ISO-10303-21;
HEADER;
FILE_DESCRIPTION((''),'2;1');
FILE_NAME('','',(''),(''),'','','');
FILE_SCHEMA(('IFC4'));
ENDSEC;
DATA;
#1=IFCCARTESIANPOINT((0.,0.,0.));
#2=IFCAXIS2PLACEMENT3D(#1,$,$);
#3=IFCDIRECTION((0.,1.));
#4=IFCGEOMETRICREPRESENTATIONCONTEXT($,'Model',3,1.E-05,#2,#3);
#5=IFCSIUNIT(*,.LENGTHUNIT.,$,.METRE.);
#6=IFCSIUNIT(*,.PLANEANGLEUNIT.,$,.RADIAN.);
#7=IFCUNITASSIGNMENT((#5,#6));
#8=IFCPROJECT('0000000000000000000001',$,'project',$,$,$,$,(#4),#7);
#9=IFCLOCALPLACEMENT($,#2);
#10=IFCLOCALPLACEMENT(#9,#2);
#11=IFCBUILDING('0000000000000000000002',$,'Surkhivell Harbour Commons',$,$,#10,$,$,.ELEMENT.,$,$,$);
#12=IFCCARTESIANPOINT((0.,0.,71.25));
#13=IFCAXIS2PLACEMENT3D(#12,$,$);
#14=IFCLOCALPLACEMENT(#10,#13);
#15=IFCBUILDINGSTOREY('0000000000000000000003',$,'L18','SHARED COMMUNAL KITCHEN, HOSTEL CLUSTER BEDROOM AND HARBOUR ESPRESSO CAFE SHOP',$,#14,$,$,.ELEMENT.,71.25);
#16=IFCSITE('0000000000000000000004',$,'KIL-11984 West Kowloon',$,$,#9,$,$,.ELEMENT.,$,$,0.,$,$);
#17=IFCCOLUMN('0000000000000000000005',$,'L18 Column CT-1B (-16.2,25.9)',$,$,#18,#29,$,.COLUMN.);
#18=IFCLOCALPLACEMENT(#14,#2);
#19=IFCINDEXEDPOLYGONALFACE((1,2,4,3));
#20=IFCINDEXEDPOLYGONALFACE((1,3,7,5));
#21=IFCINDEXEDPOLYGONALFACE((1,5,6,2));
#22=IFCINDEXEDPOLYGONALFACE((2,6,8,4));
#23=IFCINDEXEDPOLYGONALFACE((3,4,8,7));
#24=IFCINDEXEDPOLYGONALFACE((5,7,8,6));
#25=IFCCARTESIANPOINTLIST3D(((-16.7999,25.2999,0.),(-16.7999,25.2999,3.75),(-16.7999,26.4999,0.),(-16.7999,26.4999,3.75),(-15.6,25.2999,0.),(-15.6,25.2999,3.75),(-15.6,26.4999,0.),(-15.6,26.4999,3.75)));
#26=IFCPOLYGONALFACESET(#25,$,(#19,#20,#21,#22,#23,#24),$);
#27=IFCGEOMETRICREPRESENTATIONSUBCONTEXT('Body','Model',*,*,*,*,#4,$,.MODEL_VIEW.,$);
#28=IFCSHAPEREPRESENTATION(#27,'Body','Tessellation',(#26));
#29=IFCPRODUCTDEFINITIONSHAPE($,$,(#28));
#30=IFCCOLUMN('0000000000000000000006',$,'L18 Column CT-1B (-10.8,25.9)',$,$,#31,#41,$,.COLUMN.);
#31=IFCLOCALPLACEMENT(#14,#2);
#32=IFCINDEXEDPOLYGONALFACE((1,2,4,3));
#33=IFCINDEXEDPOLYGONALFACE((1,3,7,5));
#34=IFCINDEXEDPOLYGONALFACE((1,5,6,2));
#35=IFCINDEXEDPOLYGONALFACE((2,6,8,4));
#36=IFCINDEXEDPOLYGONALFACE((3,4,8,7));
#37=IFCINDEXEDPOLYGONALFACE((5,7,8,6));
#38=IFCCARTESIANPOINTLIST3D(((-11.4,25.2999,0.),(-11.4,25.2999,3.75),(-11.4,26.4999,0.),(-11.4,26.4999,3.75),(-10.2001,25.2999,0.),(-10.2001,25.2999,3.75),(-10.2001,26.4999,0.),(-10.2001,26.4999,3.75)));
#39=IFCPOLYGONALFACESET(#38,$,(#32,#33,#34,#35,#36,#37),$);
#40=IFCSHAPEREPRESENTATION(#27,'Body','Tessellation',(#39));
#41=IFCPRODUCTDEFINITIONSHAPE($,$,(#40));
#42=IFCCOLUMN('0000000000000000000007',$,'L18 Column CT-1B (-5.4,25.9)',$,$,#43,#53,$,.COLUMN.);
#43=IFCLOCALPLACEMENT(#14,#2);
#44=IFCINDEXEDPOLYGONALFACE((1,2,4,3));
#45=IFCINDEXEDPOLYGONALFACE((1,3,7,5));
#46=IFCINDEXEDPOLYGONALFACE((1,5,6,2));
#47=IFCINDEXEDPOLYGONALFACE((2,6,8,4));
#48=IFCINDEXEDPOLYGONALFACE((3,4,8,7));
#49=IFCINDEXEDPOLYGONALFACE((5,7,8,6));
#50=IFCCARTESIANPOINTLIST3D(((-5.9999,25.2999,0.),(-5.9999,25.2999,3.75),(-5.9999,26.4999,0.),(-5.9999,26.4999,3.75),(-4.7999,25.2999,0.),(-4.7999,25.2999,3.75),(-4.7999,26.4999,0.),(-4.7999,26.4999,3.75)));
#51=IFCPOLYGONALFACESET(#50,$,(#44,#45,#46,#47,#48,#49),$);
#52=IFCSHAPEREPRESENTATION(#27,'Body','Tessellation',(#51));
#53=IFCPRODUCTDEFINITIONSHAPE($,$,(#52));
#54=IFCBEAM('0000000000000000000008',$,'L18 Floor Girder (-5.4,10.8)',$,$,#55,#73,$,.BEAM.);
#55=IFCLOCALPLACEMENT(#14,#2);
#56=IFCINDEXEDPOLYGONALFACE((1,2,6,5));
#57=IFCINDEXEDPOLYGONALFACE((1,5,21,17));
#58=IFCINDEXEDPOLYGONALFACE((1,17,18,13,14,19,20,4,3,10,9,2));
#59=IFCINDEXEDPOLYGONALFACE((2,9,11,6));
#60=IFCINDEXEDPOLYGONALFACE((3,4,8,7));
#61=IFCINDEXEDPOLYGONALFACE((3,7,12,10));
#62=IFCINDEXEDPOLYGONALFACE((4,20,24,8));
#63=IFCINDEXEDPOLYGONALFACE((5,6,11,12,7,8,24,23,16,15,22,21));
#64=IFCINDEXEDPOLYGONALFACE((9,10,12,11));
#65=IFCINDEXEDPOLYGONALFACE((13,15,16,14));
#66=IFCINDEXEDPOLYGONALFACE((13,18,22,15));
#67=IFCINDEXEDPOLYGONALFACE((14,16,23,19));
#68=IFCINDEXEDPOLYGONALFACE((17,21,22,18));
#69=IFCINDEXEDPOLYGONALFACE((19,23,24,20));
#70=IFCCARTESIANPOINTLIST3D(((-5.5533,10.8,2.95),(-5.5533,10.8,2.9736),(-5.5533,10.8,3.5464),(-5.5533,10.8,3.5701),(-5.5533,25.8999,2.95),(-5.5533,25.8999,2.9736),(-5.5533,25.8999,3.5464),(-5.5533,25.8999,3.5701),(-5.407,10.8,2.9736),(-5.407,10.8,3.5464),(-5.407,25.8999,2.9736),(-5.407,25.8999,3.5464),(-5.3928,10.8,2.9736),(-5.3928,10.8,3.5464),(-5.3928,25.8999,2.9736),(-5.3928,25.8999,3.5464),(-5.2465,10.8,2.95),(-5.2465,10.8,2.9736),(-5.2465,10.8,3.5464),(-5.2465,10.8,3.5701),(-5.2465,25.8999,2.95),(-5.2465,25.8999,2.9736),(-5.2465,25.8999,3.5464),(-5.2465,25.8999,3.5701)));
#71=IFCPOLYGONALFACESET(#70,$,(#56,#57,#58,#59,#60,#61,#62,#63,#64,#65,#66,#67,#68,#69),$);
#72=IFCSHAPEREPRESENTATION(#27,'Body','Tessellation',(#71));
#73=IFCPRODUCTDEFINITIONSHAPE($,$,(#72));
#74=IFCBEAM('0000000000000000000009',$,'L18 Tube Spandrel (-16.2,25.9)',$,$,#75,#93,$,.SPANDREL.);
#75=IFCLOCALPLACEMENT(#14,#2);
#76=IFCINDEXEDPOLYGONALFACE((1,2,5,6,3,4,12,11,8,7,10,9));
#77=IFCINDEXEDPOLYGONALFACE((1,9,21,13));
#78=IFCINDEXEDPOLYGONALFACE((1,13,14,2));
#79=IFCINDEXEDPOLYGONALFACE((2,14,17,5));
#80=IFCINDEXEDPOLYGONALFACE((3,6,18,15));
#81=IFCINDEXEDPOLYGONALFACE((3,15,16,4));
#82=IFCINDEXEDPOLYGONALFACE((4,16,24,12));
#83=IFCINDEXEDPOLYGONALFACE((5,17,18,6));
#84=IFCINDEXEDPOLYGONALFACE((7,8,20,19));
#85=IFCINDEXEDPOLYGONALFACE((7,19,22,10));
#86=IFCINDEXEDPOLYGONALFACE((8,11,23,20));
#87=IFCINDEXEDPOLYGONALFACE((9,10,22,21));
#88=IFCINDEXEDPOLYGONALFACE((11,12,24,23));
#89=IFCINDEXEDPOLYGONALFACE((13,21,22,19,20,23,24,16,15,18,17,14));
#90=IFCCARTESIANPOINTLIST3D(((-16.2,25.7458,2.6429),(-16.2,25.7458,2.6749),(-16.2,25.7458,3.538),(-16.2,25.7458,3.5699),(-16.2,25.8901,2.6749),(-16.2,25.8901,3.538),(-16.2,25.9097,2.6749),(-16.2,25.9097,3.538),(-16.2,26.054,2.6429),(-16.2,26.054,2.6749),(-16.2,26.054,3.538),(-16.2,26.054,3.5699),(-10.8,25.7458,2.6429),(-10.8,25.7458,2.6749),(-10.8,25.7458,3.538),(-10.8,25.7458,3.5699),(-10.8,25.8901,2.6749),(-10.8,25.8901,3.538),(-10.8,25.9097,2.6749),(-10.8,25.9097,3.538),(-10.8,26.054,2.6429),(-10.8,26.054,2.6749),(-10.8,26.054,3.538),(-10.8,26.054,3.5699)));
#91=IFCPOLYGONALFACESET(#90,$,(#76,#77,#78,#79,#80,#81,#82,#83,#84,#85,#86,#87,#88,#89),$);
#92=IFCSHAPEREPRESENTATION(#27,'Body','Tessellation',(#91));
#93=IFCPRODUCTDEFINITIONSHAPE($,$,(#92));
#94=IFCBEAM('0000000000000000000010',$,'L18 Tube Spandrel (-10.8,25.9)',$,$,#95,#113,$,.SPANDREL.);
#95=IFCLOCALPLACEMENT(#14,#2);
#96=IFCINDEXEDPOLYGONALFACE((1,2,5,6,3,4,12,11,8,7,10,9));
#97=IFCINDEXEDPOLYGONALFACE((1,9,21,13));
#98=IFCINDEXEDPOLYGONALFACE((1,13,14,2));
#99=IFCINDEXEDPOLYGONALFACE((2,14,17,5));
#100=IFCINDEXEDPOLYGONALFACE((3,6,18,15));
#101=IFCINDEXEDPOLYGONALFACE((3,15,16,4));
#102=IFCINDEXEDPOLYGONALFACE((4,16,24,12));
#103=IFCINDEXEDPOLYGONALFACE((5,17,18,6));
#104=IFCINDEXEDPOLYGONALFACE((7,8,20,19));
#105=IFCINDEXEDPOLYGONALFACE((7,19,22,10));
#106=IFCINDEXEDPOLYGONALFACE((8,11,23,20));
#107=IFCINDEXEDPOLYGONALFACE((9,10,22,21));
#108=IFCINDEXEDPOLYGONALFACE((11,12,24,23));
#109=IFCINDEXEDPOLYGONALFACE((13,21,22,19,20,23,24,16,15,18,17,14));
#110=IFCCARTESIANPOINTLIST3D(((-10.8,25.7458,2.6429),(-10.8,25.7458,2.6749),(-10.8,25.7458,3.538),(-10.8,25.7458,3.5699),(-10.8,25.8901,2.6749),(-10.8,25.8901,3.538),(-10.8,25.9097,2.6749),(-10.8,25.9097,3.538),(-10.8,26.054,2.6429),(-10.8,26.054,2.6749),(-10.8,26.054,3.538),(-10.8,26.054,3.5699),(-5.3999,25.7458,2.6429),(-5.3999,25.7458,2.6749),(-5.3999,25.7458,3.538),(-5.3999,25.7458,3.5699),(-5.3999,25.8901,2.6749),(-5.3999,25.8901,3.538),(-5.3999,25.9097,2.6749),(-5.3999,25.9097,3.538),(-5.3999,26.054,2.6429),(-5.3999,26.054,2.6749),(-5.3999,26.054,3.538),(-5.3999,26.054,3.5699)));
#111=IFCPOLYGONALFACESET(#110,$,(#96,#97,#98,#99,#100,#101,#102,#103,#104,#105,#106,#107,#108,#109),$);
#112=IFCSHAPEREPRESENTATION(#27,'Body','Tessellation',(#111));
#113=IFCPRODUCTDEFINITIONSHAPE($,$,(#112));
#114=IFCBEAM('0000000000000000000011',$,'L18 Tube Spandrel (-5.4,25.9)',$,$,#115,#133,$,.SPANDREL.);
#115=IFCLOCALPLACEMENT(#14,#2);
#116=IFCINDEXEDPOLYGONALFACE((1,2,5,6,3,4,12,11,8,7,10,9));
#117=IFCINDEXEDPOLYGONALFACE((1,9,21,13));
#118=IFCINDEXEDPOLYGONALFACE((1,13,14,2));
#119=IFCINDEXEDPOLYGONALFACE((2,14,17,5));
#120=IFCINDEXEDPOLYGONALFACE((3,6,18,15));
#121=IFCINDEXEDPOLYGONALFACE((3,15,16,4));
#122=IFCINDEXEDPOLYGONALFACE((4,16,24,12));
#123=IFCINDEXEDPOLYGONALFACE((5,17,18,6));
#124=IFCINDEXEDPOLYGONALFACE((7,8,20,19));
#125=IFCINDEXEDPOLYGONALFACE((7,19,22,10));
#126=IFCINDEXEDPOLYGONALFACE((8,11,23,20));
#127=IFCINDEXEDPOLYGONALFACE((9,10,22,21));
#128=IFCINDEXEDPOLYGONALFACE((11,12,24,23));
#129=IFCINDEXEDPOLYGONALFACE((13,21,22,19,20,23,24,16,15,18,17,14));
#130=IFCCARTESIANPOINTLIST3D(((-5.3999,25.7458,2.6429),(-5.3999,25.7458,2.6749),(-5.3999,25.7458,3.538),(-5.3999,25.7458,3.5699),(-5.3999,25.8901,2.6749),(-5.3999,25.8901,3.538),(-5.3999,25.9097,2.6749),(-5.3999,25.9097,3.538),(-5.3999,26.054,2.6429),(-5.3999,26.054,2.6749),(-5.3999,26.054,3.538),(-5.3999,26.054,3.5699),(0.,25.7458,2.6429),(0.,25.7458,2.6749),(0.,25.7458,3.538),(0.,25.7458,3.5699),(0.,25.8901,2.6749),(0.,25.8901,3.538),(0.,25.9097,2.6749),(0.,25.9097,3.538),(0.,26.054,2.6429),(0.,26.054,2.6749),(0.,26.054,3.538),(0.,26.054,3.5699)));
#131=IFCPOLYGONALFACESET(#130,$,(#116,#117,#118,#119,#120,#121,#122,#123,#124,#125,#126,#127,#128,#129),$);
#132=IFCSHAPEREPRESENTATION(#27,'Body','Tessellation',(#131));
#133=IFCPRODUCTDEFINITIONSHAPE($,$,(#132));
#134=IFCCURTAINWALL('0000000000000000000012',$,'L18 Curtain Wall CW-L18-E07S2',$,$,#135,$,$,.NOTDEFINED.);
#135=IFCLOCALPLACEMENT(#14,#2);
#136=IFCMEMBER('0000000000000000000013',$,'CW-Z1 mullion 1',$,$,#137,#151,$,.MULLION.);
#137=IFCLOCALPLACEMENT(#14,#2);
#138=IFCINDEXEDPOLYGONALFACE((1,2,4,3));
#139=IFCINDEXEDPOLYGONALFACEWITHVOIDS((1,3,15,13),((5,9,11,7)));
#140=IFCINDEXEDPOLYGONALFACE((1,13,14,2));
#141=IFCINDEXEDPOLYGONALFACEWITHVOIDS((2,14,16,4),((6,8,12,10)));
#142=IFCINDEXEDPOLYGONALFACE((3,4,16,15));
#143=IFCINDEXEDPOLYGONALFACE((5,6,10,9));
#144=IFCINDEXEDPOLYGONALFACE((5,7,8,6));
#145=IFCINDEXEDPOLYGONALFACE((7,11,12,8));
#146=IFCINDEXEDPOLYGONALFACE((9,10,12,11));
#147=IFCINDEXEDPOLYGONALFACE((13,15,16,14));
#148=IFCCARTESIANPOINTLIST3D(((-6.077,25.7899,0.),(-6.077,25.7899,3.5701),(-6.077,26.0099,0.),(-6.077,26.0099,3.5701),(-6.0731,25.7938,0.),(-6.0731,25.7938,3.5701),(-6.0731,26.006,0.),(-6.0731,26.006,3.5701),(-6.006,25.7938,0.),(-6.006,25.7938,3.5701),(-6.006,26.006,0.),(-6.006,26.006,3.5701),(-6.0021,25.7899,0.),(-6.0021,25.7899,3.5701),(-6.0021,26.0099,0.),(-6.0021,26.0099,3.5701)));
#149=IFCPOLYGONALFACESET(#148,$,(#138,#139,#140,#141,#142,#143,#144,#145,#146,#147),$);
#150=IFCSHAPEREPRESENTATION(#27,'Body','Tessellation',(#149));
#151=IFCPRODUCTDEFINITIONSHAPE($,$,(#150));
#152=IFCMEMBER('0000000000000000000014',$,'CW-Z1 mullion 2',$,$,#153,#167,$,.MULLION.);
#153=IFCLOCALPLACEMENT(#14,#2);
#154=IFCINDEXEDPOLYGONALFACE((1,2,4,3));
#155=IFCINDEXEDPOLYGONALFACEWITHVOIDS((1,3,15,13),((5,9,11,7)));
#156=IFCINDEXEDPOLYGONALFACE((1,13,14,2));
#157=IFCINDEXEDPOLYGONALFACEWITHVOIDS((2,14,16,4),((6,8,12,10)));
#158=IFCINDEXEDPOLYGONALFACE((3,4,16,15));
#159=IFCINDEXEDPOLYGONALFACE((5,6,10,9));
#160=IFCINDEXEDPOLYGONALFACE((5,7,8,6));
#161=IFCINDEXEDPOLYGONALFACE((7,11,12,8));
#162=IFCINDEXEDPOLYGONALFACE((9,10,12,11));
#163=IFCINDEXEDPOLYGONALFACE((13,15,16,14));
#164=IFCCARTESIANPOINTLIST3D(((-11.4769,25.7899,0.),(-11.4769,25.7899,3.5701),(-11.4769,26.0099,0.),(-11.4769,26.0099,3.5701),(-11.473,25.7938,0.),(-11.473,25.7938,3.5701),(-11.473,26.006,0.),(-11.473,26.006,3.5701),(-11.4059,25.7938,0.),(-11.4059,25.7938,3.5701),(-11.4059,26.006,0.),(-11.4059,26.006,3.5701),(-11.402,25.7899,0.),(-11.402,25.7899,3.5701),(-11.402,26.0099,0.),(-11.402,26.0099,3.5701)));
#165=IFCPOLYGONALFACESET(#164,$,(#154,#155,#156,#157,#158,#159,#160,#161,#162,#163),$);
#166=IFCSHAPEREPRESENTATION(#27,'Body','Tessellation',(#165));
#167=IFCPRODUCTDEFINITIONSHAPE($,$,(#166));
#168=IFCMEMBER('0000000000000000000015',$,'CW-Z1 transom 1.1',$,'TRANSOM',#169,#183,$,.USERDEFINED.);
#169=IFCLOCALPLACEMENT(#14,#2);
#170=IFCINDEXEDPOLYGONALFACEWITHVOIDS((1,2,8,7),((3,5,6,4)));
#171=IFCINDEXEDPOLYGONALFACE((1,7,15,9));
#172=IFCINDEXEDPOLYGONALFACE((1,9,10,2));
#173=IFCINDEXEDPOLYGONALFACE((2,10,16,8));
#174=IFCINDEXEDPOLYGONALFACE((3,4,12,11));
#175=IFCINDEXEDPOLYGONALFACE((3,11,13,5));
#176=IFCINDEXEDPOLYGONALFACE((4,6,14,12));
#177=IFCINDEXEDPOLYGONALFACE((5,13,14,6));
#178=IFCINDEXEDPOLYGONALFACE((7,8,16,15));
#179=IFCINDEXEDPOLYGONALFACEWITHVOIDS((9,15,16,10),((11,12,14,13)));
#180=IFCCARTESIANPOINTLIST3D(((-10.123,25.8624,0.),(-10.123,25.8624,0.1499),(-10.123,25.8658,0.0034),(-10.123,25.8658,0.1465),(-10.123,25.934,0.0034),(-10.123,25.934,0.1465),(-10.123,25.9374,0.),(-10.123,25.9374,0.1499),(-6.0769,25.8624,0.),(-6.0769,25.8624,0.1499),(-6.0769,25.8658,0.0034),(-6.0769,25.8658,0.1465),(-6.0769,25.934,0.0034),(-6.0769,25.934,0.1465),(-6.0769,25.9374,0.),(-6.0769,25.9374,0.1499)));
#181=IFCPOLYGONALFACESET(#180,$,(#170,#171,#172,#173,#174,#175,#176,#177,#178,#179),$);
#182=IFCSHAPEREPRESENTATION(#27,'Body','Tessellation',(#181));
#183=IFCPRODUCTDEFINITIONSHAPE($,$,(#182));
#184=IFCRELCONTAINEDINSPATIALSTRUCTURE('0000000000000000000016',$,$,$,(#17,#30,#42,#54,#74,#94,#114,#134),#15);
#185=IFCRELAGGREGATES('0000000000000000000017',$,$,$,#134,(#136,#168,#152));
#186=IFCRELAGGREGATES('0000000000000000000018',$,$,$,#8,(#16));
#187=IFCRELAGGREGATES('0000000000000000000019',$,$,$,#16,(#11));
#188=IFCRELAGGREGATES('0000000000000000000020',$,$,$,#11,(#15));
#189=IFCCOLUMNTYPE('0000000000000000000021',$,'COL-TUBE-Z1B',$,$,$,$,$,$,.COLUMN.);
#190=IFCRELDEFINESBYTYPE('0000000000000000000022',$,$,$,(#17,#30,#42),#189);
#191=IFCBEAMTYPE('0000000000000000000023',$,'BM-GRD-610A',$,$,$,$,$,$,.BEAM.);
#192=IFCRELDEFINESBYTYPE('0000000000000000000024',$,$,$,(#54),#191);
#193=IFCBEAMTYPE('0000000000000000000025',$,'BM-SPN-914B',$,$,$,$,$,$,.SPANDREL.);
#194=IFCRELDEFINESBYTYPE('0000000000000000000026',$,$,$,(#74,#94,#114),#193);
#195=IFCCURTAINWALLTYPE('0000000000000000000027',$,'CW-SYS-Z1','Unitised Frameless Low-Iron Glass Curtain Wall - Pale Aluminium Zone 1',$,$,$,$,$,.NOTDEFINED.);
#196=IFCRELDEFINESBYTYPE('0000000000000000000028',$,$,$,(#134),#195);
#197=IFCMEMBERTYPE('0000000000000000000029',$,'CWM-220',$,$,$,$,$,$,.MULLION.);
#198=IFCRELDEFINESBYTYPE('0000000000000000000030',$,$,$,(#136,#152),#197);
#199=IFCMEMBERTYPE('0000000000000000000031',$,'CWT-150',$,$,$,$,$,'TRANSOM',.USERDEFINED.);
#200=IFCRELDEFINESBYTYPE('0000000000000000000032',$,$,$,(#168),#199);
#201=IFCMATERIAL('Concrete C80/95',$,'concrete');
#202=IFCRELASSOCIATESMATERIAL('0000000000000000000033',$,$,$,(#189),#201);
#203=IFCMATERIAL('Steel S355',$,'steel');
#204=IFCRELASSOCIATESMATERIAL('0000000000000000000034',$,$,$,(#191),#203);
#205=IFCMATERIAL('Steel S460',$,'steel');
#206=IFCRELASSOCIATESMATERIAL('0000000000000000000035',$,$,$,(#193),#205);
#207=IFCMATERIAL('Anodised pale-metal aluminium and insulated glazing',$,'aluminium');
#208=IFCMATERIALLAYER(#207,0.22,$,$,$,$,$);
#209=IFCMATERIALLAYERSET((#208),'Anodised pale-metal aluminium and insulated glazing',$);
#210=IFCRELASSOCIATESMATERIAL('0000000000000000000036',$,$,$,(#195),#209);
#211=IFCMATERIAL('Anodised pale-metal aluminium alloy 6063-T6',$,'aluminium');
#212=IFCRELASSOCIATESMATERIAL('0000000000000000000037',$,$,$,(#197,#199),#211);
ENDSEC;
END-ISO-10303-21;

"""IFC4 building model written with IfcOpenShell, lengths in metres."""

from ifc_helpers import new_model, si_unit, direction, frame, origin, origin_2d, place, context, subcontext, project, spatial, rectangle, hollow_rectangle, i_section, extrude, material, layer, layer_set, material_profile, profile_set, type_object, element, aggregate, save


model = new_model("IFC4")

# Units and contexts
model_context = context("Model", 3, precision=1e-05, world=origin(), true_north=direction((0.0, 1.0)))
body_context = subcontext(model_context, "Body", "Model", "MODEL_VIEW")
ifc_project = project(units=[si_unit("LENGTHUNIT", "METRE"), si_unit("PLANEANGLEUNIT", "RADIAN")], contexts=[model_context])

# Site, building, storey
site_placement = place(None, origin())
site = spatial("IfcSite", under=ifc_project, at=site_placement, Name="KIL-11984 West Kowloon", CompositionType="ELEMENT", RefElevation=0.0)
building_placement = place(site_placement, origin())
building = spatial("IfcBuilding", under=site, at=building_placement, Name="Surkhivell Harbour Commons", CompositionType="ELEMENT")
storey_placement = place(building_placement, frame((0.0, 0.0, 71.25)))
storey = spatial("IfcBuildingStorey", under=building, at=storey_placement, Name="L18", Description="SHARED COMMUNAL KITCHEN, HOSTEL CLUSTER BEDROOM AND HARBOUR ESPRESSO CAFE SHOP", CompositionType="ELEMENT", Elevation=71.25)

# Columns
ifc_material_1 = material(Name="Concrete C80/95", Category="concrete")
ifc_material_profile_1 = material_profile(ifc_material_1, rectangle(XDim=1.2, YDim=1.2, at=origin_2d()), Name="RC-COL-1200x1200")
ifc_profile_set_1 = profile_set([ifc_material_profile_1], Name="Concrete C80/95")
column_type = type_object("IfcColumnType", Name="COL-TUBE-Z1B", PredefinedType="COLUMN", material=ifc_profile_set_1)
for number, where, z_axis, x_axis, name in (
    (1, (-16.2, 25.8999, 0.0), (0.0, 0.0, 1.0), (1.0, 0.0, 0.0), "L18 Column CT-1B (-16.2,25.9)"),
    (2, (-10.8, 25.8999, 0.0), (0.0, 0.0, 1.0), (1.0, 0.0, 0.0), "L18 Column CT-1B (-10.8,25.9)"),
    (3, (-5.3999, 25.8999, 0.0), (0.0, 0.0, 1.0), (1.0, 0.0, 0.0), "L18 Column CT-1B (-5.4,25.9)"),
):
    element("IfcColumn", number, at=place(storey_placement, frame(where, z_axis=z_axis, x_axis=x_axis)), inside=storey, type_object=column_type, Name=name, PredefinedType="COLUMN", context=body_context, shape_type="SweptSolid", body=[
        extrude(rectangle(XDim=1.2, YDim=1.2, at=origin_2d()), origin(), (0.0, 0.0, 1.0), 3.75),
    ])

# Beams
ifc_material_2 = material(Name="Steel S355", Category="steel")
ifc_material_profile_2 = material_profile(ifc_material_2, i_section(OverallWidth=0.3069, OverallDepth=0.6201, WebThickness=0.0142, FlangeThickness=0.0237, at=origin_2d()), Name="UB610x305x179")
ifc_profile_set_2 = profile_set([ifc_material_profile_2], Name="Steel S355")
beam_type_1 = type_object("IfcBeamType", Name="BM-GRD-610A", PredefinedType="BEAM", material=ifc_profile_set_2)
beam_1_placement = place(storey_placement, frame((-5.3999, 10.8, 3.26), z_axis=(0.0, 1.0, 0.0), x_axis=(-1.0, 0.0, 0.0)))
element("IfcBeam", 4, at=beam_1_placement, inside=storey, type_object=beam_type_1, Name="L18 Floor Girder (-5.4,10.8)", PredefinedType="BEAM", context=body_context, shape_type="SweptSolid", body=[
    extrude(i_section(OverallWidth=0.3069, OverallDepth=0.6201, WebThickness=0.0142, FlangeThickness=0.0237, at=origin_2d()), origin(), (0.0, 0.0, 1.0), 15.0999),
])
ifc_material_3 = material(Name="Steel S460", Category="steel")
ifc_material_profile_3 = material_profile(ifc_material_3, i_section(OverallWidth=0.3081, OverallDepth=0.927, WebThickness=0.0195, FlangeThickness=0.032, at=origin_2d()), Name="UB914x305x289")
ifc_profile_set_3 = profile_set([ifc_material_profile_3], Name="Steel S460")
beam_type_2 = type_object("IfcBeamType", Name="BM-SPN-914B", PredefinedType="SPANDREL", material=ifc_profile_set_3)
beam_2_placement = place(storey_placement, frame((-16.2, 25.8999, 3.1064), z_axis=(1.0, 0.0, 0.0), x_axis=(0.0, 1.0, 0.0)))
element("IfcBeam", 5, at=beam_2_placement, inside=storey, type_object=beam_type_2, Name="L18 Tube Spandrel (-16.2,25.9)", PredefinedType="SPANDREL", context=body_context, shape_type="SweptSolid", body=[
    extrude(i_section(OverallWidth=0.3081, OverallDepth=0.927, WebThickness=0.0195, FlangeThickness=0.032, at=origin_2d()), origin(), (0.0, 0.0, 1.0), 5.3999),
])
beam_3_placement = place(storey_placement, frame((-10.8, 25.8999, 3.1064), z_axis=(1.0, 0.0, 0.0), x_axis=(0.0, 1.0, 0.0)))
element("IfcBeam", 6, at=beam_3_placement, inside=storey, type_object=beam_type_2, Name="L18 Tube Spandrel (-10.8,25.9)", PredefinedType="SPANDREL", context=body_context, shape_type="SweptSolid", body=[
    extrude(i_section(OverallWidth=0.3081, OverallDepth=0.927, WebThickness=0.0195, FlangeThickness=0.032, at=origin_2d()), origin(), (0.0, 0.0, 1.0), 5.4001),
])
beam_4_placement = place(storey_placement, frame((-5.3999, 25.8999, 3.1064), z_axis=(1.0, 0.0, 0.0), x_axis=(0.0, 1.0, 0.0)))
element("IfcBeam", 7, at=beam_4_placement, inside=storey, type_object=beam_type_2, Name="L18 Tube Spandrel (-5.4,25.9)", PredefinedType="SPANDREL", context=body_context, shape_type="SweptSolid", body=[
    extrude(i_section(OverallWidth=0.3081, OverallDepth=0.927, WebThickness=0.0195, FlangeThickness=0.032, at=origin_2d()), origin(), (0.0, 0.0, 1.0), 5.3999),
])

# Curtain wall, members
ifc_material_4 = material(Name="Anodised pale-metal aluminium and insulated glazing", Category="aluminium")
ifc_layer_1 = layer(ifc_material_4, 0.22)
ifc_layer_set_1 = layer_set([ifc_layer_1], Name="Anodised pale-metal aluminium and insulated glazing")
curtain_wall_type = type_object("IfcCurtainWallType", Name="CW-SYS-Z1", Description="Unitised Frameless Low-Iron Glass Curtain Wall - Pale Aluminium Zone 1", PredefinedType="NOTDEFINED", material=ifc_layer_set_1)
curtain_wall_placement = place(storey_placement, origin())
curtain_wall = element("IfcCurtainWall", 8, at=curtain_wall_placement, inside=storey, type_object=curtain_wall_type, Name="L18 Curtain Wall CW-L18-E07S2", PredefinedType="NOTDEFINED")
ifc_material_5 = material(Name="Anodised pale-metal aluminium alloy 6063-T6", Category="aluminium")
ifc_material_profile_4 = material_profile(ifc_material_5, hollow_rectangle(XDim=0.075, YDim=0.22, WallThickness=0.0039, at=origin_2d()), Name="ALU-MULL-75x220")
ifc_profile_set_4 = profile_set([ifc_material_profile_4], Name="Anodised pale-metal aluminium alloy 6063-T6")
member_type_1 = type_object("IfcMemberType", Name="CWM-220", PredefinedType="MULLION", material=ifc_profile_set_4)
member_1_placement = place(storey_placement, frame((-6.0396, 25.8999, 0.0), z_axis=(0.0, 0.0, 1.0), x_axis=(-1.0, 0.0, 0.0)))
member_1 = element("IfcMember", 9, at=member_1_placement, type_object=member_type_1, Name="CW-Z1 mullion 1", PredefinedType="MULLION", context=body_context, shape_type="SweptSolid", body=[
    extrude(hollow_rectangle(XDim=0.075, YDim=0.22, WallThickness=0.0039, at=origin_2d()), origin(), (0.0, 0.0, 1.0), 3.5701),
])
member_2_placement = place(storey_placement, frame((-11.4395, 25.8999, 0.0), z_axis=(0.0, 0.0, 1.0), x_axis=(-1.0, 0.0, 0.0)))
member_2 = element("IfcMember", 10, at=member_2_placement, type_object=member_type_1, Name="CW-Z1 mullion 2", PredefinedType="MULLION", context=body_context, shape_type="SweptSolid", body=[
    extrude(hollow_rectangle(XDim=0.075, YDim=0.22, WallThickness=0.0039, at=origin_2d()), origin(), (0.0, 0.0, 1.0), 3.5701),
])
ifc_material_profile_5 = material_profile(ifc_material_5, hollow_rectangle(XDim=0.075, YDim=0.1499, WallThickness=0.0034, at=origin_2d()), Name="ALU-TRAN-75x150")
ifc_profile_set_5 = profile_set([ifc_material_profile_5], Name="Anodised pale-metal aluminium alloy 6063-T6")
member_type_2 = type_object("IfcMemberType", Name="CWT-150", ElementType="TRANSOM", PredefinedType="USERDEFINED", material=ifc_profile_set_5)
member_3_placement = place(storey_placement, frame((-6.0769, 25.8999, 0.075), z_axis=(-1.0, 0.0, 0.0), x_axis=(0.0, -1.0, 0.0)))
member_3 = element("IfcMember", 11, at=member_3_placement, type_object=member_type_2, Name="CW-Z1 transom 1.1", ObjectType="TRANSOM", PredefinedType="USERDEFINED", context=body_context, shape_type="SweptSolid", body=[
    extrude(hollow_rectangle(XDim=0.075, YDim=0.1499, WallThickness=0.0034, at=origin_2d()), origin(), (0.0, 0.0, 1.0), 4.0461),
])

aggregate(curtain_wall, [member_1, member_3, member_2])

save(model, "model.ifc")
